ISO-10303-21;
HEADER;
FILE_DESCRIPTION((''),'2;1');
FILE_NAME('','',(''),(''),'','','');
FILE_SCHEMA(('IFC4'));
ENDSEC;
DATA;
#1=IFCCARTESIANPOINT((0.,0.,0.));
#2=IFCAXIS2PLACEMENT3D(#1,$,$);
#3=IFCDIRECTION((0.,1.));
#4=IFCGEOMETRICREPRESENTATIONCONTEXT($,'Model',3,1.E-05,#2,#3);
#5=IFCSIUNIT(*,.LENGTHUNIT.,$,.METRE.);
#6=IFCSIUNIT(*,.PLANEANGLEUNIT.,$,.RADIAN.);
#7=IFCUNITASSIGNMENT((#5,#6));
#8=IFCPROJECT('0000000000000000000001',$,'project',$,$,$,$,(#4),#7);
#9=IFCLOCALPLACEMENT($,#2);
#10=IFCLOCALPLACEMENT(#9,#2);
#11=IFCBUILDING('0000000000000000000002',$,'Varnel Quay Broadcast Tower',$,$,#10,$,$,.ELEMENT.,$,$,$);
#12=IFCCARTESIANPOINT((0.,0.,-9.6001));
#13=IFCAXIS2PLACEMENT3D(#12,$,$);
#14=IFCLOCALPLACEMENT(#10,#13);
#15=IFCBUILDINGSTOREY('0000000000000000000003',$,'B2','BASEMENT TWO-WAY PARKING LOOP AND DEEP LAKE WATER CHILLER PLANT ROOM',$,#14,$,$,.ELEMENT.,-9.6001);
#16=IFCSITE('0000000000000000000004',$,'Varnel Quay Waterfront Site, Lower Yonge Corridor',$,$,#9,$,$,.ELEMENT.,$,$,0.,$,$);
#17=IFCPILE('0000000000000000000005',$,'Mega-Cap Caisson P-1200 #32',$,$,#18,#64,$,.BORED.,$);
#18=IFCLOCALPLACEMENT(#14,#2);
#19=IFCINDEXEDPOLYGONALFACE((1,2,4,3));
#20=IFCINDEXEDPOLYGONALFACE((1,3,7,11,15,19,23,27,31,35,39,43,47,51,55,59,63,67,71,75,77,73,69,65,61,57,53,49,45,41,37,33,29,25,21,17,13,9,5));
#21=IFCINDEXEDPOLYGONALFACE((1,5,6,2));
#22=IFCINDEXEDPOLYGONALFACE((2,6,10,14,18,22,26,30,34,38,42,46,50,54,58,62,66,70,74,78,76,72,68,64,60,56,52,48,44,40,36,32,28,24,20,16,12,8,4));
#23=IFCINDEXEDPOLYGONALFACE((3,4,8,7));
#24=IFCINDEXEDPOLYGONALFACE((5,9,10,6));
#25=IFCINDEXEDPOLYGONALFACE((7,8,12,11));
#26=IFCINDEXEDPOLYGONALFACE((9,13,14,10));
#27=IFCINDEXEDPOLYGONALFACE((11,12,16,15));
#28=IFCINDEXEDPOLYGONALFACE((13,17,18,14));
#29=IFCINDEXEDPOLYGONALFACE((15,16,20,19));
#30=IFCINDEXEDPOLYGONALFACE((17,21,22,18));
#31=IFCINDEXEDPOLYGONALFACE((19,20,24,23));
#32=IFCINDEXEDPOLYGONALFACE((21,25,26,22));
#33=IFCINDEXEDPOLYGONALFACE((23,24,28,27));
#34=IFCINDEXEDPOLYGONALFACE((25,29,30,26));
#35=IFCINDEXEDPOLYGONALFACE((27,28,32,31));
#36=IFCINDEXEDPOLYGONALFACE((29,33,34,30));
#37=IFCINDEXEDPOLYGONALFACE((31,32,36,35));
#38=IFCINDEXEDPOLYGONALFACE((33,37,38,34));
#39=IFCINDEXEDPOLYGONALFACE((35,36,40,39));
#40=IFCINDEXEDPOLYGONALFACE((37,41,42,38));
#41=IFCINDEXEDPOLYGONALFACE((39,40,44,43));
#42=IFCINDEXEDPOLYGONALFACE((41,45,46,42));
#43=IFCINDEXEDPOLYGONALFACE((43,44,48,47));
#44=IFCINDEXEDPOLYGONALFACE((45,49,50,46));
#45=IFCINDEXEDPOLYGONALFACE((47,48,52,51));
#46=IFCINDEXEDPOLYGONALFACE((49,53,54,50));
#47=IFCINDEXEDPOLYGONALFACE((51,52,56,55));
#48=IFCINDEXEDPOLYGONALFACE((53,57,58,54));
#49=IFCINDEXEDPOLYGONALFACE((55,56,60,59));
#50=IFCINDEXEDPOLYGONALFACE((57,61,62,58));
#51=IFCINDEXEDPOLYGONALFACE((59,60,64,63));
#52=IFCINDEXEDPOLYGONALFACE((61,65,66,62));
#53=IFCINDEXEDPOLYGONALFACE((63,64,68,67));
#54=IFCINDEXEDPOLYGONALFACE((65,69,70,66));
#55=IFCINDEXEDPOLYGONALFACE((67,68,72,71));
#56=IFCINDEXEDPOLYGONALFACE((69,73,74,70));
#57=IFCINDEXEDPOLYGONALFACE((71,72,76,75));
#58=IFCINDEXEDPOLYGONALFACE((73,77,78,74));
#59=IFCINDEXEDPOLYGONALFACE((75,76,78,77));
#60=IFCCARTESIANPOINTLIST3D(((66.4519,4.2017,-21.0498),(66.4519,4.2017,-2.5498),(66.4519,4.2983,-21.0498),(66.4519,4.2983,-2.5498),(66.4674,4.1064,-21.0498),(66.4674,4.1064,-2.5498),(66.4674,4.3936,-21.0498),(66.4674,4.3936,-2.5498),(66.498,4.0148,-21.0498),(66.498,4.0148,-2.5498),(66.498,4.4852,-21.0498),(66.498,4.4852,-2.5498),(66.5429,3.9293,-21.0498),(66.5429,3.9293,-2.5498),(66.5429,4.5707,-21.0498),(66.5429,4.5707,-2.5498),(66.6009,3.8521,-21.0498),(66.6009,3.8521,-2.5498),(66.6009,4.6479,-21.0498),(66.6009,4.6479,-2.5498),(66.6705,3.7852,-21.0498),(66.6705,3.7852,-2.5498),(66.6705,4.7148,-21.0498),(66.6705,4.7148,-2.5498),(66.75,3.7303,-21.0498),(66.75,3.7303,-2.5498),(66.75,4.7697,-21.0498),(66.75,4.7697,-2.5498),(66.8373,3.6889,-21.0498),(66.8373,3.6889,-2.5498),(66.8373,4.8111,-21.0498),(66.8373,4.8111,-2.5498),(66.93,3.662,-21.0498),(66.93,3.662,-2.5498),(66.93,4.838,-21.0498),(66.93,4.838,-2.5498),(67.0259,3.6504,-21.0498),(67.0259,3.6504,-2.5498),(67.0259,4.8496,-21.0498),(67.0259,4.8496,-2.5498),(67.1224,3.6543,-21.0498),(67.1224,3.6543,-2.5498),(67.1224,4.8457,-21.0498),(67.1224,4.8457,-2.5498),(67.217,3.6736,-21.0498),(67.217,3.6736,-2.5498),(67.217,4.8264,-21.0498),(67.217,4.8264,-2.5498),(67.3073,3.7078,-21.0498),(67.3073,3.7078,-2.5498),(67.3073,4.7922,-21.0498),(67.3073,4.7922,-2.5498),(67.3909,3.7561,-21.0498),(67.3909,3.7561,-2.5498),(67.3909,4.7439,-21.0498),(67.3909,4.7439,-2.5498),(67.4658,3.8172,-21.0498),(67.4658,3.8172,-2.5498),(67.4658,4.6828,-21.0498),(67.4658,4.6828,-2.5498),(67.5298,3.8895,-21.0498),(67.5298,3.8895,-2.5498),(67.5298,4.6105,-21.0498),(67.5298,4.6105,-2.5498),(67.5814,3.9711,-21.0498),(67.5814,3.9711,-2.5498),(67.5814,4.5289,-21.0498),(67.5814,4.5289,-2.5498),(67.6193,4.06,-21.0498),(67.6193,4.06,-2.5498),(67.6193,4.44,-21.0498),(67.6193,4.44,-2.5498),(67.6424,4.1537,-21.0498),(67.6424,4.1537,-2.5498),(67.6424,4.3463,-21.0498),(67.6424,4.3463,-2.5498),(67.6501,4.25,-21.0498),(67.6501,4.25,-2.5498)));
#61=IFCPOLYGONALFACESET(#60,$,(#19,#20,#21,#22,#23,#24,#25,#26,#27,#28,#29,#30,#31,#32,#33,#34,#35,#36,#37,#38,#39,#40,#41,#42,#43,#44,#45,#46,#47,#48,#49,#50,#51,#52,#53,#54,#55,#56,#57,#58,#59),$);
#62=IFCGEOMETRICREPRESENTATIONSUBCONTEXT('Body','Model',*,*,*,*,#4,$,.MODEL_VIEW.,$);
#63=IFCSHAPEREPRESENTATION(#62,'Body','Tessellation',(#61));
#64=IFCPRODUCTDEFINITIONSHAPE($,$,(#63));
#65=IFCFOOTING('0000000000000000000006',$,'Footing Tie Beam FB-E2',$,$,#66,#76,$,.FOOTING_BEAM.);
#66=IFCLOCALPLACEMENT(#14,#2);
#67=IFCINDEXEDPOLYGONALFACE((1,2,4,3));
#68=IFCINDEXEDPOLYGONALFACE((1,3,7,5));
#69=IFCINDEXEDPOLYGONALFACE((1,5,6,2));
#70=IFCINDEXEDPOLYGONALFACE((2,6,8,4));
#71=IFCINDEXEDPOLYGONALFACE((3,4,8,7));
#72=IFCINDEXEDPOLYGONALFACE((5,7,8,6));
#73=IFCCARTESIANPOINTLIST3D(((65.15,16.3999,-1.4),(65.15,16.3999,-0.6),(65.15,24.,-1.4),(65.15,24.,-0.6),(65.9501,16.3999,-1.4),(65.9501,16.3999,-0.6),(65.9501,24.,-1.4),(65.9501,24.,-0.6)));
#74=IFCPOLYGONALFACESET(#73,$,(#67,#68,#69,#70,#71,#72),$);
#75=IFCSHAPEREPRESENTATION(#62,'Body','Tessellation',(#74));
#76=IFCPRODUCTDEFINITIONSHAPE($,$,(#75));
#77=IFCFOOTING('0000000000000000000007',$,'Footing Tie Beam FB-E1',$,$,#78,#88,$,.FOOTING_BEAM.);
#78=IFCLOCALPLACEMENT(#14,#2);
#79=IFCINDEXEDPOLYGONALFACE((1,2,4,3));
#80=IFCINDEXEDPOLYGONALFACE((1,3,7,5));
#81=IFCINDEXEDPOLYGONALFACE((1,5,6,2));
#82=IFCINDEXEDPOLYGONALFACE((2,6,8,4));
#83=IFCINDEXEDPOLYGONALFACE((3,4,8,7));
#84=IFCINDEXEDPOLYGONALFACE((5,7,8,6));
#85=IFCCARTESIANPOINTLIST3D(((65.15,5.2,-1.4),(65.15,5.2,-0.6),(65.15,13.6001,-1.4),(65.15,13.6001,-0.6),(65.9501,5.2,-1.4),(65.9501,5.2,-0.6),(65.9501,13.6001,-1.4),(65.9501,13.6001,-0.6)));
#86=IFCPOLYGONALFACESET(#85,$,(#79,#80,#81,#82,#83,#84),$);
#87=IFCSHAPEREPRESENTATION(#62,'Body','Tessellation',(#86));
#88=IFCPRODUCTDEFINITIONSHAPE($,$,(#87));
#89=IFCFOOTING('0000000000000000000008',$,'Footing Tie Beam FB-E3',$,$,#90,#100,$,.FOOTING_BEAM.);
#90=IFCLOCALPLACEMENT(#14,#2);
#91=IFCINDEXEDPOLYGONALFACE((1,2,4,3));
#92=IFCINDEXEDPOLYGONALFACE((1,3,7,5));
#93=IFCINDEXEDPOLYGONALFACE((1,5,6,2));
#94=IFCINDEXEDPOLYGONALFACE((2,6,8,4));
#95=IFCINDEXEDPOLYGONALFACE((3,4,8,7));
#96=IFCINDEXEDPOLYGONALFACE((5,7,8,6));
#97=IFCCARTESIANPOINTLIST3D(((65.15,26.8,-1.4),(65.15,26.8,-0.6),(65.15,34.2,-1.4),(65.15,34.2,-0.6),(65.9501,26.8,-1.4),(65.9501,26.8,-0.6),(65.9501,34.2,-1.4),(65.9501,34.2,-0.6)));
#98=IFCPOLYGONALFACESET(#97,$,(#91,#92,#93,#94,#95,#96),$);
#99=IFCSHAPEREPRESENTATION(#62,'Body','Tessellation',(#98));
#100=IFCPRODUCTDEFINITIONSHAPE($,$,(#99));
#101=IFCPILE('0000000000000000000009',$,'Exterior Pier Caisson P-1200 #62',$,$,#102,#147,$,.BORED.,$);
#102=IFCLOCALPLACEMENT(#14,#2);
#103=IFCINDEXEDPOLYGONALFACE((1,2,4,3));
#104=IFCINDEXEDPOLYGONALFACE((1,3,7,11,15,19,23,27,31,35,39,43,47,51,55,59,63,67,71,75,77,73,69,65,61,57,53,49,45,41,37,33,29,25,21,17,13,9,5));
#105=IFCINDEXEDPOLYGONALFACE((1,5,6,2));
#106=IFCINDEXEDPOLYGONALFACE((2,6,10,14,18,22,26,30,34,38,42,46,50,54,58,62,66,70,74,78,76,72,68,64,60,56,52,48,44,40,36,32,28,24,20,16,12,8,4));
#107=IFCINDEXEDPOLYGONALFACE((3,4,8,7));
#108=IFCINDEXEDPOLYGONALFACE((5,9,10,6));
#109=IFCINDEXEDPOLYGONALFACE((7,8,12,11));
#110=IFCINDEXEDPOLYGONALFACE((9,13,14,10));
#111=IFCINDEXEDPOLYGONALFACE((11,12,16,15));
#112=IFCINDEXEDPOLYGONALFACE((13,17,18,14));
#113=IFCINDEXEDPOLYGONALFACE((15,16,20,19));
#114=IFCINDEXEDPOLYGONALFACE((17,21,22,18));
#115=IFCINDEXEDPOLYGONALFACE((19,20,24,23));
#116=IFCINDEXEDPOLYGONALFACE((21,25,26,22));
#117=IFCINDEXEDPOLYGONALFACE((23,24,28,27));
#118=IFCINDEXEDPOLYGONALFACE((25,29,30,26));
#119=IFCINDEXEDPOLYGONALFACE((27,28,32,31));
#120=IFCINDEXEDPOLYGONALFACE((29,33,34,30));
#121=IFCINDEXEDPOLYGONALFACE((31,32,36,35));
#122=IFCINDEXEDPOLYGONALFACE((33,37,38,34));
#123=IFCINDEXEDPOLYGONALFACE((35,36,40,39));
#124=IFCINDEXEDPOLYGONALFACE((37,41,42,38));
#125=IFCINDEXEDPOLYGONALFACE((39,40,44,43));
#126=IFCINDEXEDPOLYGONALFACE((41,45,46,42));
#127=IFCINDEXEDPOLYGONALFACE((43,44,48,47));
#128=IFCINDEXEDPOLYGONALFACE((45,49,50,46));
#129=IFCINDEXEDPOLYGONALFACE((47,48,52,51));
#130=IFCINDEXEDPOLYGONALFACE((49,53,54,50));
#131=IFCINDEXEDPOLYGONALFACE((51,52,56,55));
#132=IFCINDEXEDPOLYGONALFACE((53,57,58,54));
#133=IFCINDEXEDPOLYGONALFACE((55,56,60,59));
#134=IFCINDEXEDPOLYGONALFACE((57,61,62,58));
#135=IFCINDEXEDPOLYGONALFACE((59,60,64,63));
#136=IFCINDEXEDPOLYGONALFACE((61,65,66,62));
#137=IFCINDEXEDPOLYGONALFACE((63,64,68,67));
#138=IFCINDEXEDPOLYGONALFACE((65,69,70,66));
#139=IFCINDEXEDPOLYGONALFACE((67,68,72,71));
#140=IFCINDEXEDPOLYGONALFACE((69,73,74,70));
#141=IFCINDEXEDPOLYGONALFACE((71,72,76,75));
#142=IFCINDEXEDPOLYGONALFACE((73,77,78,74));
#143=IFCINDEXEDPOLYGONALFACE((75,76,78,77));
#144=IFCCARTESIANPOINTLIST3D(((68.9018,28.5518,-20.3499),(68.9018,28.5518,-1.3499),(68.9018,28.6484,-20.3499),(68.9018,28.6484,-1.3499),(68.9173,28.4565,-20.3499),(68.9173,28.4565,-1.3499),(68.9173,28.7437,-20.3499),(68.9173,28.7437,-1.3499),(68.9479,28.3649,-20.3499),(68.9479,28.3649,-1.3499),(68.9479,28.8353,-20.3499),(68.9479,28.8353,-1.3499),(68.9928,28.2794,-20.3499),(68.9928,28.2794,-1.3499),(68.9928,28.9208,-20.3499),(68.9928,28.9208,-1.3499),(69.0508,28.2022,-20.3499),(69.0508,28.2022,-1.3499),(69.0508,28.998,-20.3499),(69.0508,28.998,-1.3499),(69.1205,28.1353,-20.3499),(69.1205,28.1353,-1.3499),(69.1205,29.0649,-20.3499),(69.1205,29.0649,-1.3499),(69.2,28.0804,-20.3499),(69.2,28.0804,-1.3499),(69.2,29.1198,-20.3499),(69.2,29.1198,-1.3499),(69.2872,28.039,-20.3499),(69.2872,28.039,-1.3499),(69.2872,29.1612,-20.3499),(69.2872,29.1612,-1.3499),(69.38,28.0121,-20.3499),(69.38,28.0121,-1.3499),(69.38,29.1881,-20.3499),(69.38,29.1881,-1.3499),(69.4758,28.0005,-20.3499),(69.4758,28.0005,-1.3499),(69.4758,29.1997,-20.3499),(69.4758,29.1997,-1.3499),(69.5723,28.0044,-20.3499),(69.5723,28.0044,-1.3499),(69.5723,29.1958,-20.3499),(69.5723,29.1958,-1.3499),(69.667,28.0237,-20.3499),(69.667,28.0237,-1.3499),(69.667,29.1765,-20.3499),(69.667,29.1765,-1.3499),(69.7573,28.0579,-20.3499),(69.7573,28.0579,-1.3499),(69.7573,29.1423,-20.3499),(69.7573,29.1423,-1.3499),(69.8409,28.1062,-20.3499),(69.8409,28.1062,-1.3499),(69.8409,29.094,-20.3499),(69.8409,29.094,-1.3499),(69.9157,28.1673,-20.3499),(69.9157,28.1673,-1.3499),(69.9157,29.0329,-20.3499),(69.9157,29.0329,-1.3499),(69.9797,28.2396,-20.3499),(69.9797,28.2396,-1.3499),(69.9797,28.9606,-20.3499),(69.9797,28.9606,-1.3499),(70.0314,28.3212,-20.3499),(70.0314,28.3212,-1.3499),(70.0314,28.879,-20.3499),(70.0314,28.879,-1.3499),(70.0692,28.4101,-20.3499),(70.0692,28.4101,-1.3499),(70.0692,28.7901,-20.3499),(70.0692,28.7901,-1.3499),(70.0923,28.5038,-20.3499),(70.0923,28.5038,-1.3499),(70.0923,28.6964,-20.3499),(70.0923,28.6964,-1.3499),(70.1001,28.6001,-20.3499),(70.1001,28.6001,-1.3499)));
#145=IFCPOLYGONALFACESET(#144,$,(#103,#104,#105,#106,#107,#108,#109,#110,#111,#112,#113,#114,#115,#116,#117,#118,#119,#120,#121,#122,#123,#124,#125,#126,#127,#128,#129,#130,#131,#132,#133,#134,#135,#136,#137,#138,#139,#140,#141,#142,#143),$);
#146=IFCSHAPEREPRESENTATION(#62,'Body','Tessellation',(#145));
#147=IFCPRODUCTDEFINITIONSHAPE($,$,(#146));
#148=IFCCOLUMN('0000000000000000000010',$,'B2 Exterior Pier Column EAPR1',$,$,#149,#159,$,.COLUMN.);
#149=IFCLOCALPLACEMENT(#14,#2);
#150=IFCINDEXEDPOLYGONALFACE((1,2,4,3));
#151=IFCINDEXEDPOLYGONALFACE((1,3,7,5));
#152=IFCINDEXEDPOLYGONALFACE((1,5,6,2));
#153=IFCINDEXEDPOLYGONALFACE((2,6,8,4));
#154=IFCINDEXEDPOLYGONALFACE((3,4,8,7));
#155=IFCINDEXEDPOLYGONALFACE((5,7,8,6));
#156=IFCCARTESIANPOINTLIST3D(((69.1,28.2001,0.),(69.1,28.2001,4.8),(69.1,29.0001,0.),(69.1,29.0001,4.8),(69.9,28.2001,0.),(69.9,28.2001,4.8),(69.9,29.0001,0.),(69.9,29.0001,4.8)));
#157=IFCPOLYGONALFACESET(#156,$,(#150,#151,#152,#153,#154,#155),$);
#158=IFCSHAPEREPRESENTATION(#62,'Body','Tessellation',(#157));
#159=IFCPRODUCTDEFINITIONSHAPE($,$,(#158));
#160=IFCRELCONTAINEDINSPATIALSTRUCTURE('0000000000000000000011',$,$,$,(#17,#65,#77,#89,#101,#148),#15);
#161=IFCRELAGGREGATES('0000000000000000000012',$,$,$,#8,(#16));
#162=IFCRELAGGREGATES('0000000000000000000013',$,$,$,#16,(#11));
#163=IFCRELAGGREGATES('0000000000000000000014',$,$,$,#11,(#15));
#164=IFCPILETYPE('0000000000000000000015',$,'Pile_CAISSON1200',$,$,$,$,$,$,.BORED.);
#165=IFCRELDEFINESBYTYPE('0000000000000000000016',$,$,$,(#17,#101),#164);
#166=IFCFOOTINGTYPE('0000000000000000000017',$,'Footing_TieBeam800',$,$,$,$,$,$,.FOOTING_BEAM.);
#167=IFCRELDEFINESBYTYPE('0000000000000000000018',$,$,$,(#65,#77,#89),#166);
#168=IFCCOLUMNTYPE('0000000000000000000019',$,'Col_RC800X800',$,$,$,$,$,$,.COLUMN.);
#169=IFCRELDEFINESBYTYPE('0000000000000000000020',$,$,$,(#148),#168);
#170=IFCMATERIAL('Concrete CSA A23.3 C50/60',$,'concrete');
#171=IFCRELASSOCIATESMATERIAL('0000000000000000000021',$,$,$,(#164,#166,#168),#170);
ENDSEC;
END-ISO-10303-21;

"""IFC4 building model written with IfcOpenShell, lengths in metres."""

from ifc_helpers import new_model, si_unit, direction, frame, origin, origin_2d, place, context, subcontext, project, spatial, rectangle, circle, extrude, source, transform, mapped, material, material_profile, profile_set, type_object, type_shapes, element, save


model = new_model("IFC4")

# Units and contexts
model_context = context("Model", 3, precision=1e-05, world=origin(), true_north=direction((0.0, 1.0)))
body_context = subcontext(model_context, "Body", "Model", "MODEL_VIEW")
ifc_project = project(units=[si_unit("LENGTHUNIT", "METRE"), si_unit("PLANEANGLEUNIT", "RADIAN")], contexts=[model_context])

# Site, building, storey
site_placement = place(None, origin())
site = spatial("IfcSite", under=ifc_project, at=site_placement, Name="Varnel Quay Waterfront Site, Lower Yonge Corridor", CompositionType="ELEMENT", RefElevation=0.0)
building_placement = place(site_placement, origin())
building = spatial("IfcBuilding", under=site, at=building_placement, Name="Varnel Quay Broadcast Tower", CompositionType="ELEMENT")
storey_placement = place(building_placement, frame((0.0, 0.0, -9.6001)))
storey = spatial("IfcBuildingStorey", under=building, at=storey_placement, Name="B2", Description="BASEMENT TWO-WAY PARKING LOOP AND DEEP LAKE WATER CHILLER PLANT ROOM", CompositionType="ELEMENT", Elevation=-9.6001)

# Pile
ifc_material_1 = material(Name="Concrete CSA A23.3 C50/60", Category="concrete")
ifc_material_profile_1 = material_profile(ifc_material_1, circle(Radius=0.6001, at=origin_2d()), Name="CAISSON1200")
ifc_profile_set_1 = profile_set([ifc_material_profile_1], Name="Concrete CSA A23.3 C50/60")
pile_type = type_object("IfcPileType", Name="Pile_CAISSON1200", PredefinedType="BORED", material=ifc_profile_set_1)
shared_shape_1 = source(origin(), body_context, "Body", "SweptSolid", [
    extrude(circle(Radius=0.6001, at=origin_2d()), origin(), (0.0, 0.0, 1.0), 18.5),
])
pile_1_placement = place(storey_placement, frame((67.05, 4.25, -2.5498), z_axis=(0.0, 0.0, -1.0), x_axis=(1.0, 0.0, 0.0)))
element("IfcPile", 1, at=pile_1_placement, inside=storey, type_object=pile_type, Name="Mega-Cap Caisson P-1200 #32", PredefinedType="BORED", context=body_context, shape_type="MappedRepresentation", body=[
    mapped(shared_shape_1, transform((0.0, 0.0, 0.0), x_axis=(1.0, 0.0, 0.0), y_axis=(0.0, 1.0, 0.0), z_axis=(0.0, 0.0, 1.0), scale=1.0)),
])

# Footings
ifc_material_profile_2 = material_profile(ifc_material_1, rectangle(XDim=0.8, YDim=0.8, at=origin_2d()), Name="RC800X800")
ifc_profile_set_2 = profile_set([ifc_material_profile_2], Name="Concrete CSA A23.3 C50/60")
footing_type = type_object("IfcFootingType", Name="Footing_TieBeam800", PredefinedType="FOOTING_BEAM", material=ifc_profile_set_2)
shared_shape_2 = source(origin(), body_context, "Body", "SweptSolid", [
    extrude(rectangle(XDim=0.8, YDim=0.8, at=origin_2d()), origin(), (0.0, 0.0, 1.0), 7.6001),
])
footing_1_placement = place(storey_placement, frame((65.55, 16.3999, -1.0), z_axis=(0.0, 1.0, 0.0), x_axis=(-1.0, 0.0, 0.0)))
element("IfcFooting", 2, at=footing_1_placement, inside=storey, type_object=footing_type, Name="Footing Tie Beam FB-E2", PredefinedType="FOOTING_BEAM", context=body_context, shape_type="MappedRepresentation", body=[
    mapped(shared_shape_2, transform((0.0, 0.0, 0.0), x_axis=(1.0, 0.0, 0.0), y_axis=(0.0, 1.0, 0.0), z_axis=(0.0, 0.0, 1.0), scale=1.0)),
])
shared_shape_3 = source(origin(), body_context, "Body", "SweptSolid", [
    extrude(rectangle(XDim=0.8, YDim=0.8, at=origin_2d()), origin(), (0.0, 0.0, 1.0), 8.4001),
])
footing_2_placement = place(storey_placement, frame((65.55, 5.2, -1.0), z_axis=(0.0, 1.0, 0.0), x_axis=(-1.0, 0.0, 0.0)))
element("IfcFooting", 3, at=footing_2_placement, inside=storey, type_object=footing_type, Name="Footing Tie Beam FB-E1", PredefinedType="FOOTING_BEAM", context=body_context, shape_type="MappedRepresentation", body=[
    mapped(shared_shape_3, transform((0.0, 0.0, 0.0), x_axis=(1.0, 0.0, 0.0), y_axis=(0.0, 1.0, 0.0), z_axis=(0.0, 0.0, 1.0), scale=1.0)),
])
shared_shape_4 = source(origin(), body_context, "Body", "SweptSolid", [
    extrude(rectangle(XDim=0.8, YDim=0.8, at=origin_2d()), origin(), (0.0, 0.0, 1.0), 7.3999),
])
type_shapes(footing_type, [shared_shape_2, shared_shape_3, shared_shape_4])
footing_3_placement = place(storey_placement, frame((65.55, 26.8, -1.0), z_axis=(0.0, 1.0, 0.0), x_axis=(-1.0, 0.0, 0.0)))
element("IfcFooting", 4, at=footing_3_placement, inside=storey, type_object=footing_type, Name="Footing Tie Beam FB-E3", PredefinedType="FOOTING_BEAM", context=body_context, shape_type="MappedRepresentation", body=[
    mapped(shared_shape_4, transform((0.0, 0.0, 0.0), x_axis=(1.0, 0.0, 0.0), y_axis=(0.0, 1.0, 0.0), z_axis=(0.0, 0.0, 1.0), scale=1.0)),
])

# Pile
shared_shape_5 = source(origin(), body_context, "Body", "SweptSolid", [
    extrude(circle(Radius=0.6001, at=origin_2d()), origin(), (0.0, 0.0, 1.0), 19.0),
])
type_shapes(pile_type, [shared_shape_1, shared_shape_5])
pile_2_placement = place(storey_placement, frame((69.5, 28.6001, -1.3499), z_axis=(0.0, 0.0, -1.0), x_axis=(1.0, 0.0, 0.0)))
element("IfcPile", 5, at=pile_2_placement, inside=storey, type_object=pile_type, Name="Exterior Pier Caisson P-1200 #62", PredefinedType="BORED", context=body_context, shape_type="MappedRepresentation", body=[
    mapped(shared_shape_5, transform((0.0, 0.0, 0.0), x_axis=(1.0, 0.0, 0.0), y_axis=(0.0, 1.0, 0.0), z_axis=(0.0, 0.0, 1.0), scale=1.0)),
])

# Column
ifc_material_profile_3 = material_profile(ifc_material_1, rectangle(XDim=0.8, YDim=0.8, at=origin_2d()), Name="RC800X800")
ifc_profile_set_3 = profile_set([ifc_material_profile_3], Name="Concrete CSA A23.3 C50/60")
column_type_1 = type_object("IfcColumnType", Name="Col_RC800X800", PredefinedType="COLUMN", material=ifc_profile_set_3)
shared_shape_6 = source(origin(), body_context, "Body", "SweptSolid", [
    extrude(rectangle(XDim=0.8, YDim=0.8, at=origin_2d()), origin(), (0.0, 0.0, 1.0), 4.8),
])
type_shapes(column_type_1, [shared_shape_6])
column_placement = place(storey_placement, frame((69.5, 28.6001, 0.0), z_axis=(0.0, 0.0, 1.0), x_axis=(1.0, 0.0, 0.0)))
element("IfcColumn", 6, at=column_placement, inside=storey, type_object=column_type_1, Name="B2 Exterior Pier Column EAPR1", PredefinedType="COLUMN", context=body_context, shape_type="MappedRepresentation", body=[
    mapped(shared_shape_6, transform((0.0, 0.0, 0.0), x_axis=(1.0, 0.0, 0.0), y_axis=(0.0, 1.0, 0.0), z_axis=(0.0, 0.0, 1.0), scale=1.0)),
])

save(model, "model.ifc")
